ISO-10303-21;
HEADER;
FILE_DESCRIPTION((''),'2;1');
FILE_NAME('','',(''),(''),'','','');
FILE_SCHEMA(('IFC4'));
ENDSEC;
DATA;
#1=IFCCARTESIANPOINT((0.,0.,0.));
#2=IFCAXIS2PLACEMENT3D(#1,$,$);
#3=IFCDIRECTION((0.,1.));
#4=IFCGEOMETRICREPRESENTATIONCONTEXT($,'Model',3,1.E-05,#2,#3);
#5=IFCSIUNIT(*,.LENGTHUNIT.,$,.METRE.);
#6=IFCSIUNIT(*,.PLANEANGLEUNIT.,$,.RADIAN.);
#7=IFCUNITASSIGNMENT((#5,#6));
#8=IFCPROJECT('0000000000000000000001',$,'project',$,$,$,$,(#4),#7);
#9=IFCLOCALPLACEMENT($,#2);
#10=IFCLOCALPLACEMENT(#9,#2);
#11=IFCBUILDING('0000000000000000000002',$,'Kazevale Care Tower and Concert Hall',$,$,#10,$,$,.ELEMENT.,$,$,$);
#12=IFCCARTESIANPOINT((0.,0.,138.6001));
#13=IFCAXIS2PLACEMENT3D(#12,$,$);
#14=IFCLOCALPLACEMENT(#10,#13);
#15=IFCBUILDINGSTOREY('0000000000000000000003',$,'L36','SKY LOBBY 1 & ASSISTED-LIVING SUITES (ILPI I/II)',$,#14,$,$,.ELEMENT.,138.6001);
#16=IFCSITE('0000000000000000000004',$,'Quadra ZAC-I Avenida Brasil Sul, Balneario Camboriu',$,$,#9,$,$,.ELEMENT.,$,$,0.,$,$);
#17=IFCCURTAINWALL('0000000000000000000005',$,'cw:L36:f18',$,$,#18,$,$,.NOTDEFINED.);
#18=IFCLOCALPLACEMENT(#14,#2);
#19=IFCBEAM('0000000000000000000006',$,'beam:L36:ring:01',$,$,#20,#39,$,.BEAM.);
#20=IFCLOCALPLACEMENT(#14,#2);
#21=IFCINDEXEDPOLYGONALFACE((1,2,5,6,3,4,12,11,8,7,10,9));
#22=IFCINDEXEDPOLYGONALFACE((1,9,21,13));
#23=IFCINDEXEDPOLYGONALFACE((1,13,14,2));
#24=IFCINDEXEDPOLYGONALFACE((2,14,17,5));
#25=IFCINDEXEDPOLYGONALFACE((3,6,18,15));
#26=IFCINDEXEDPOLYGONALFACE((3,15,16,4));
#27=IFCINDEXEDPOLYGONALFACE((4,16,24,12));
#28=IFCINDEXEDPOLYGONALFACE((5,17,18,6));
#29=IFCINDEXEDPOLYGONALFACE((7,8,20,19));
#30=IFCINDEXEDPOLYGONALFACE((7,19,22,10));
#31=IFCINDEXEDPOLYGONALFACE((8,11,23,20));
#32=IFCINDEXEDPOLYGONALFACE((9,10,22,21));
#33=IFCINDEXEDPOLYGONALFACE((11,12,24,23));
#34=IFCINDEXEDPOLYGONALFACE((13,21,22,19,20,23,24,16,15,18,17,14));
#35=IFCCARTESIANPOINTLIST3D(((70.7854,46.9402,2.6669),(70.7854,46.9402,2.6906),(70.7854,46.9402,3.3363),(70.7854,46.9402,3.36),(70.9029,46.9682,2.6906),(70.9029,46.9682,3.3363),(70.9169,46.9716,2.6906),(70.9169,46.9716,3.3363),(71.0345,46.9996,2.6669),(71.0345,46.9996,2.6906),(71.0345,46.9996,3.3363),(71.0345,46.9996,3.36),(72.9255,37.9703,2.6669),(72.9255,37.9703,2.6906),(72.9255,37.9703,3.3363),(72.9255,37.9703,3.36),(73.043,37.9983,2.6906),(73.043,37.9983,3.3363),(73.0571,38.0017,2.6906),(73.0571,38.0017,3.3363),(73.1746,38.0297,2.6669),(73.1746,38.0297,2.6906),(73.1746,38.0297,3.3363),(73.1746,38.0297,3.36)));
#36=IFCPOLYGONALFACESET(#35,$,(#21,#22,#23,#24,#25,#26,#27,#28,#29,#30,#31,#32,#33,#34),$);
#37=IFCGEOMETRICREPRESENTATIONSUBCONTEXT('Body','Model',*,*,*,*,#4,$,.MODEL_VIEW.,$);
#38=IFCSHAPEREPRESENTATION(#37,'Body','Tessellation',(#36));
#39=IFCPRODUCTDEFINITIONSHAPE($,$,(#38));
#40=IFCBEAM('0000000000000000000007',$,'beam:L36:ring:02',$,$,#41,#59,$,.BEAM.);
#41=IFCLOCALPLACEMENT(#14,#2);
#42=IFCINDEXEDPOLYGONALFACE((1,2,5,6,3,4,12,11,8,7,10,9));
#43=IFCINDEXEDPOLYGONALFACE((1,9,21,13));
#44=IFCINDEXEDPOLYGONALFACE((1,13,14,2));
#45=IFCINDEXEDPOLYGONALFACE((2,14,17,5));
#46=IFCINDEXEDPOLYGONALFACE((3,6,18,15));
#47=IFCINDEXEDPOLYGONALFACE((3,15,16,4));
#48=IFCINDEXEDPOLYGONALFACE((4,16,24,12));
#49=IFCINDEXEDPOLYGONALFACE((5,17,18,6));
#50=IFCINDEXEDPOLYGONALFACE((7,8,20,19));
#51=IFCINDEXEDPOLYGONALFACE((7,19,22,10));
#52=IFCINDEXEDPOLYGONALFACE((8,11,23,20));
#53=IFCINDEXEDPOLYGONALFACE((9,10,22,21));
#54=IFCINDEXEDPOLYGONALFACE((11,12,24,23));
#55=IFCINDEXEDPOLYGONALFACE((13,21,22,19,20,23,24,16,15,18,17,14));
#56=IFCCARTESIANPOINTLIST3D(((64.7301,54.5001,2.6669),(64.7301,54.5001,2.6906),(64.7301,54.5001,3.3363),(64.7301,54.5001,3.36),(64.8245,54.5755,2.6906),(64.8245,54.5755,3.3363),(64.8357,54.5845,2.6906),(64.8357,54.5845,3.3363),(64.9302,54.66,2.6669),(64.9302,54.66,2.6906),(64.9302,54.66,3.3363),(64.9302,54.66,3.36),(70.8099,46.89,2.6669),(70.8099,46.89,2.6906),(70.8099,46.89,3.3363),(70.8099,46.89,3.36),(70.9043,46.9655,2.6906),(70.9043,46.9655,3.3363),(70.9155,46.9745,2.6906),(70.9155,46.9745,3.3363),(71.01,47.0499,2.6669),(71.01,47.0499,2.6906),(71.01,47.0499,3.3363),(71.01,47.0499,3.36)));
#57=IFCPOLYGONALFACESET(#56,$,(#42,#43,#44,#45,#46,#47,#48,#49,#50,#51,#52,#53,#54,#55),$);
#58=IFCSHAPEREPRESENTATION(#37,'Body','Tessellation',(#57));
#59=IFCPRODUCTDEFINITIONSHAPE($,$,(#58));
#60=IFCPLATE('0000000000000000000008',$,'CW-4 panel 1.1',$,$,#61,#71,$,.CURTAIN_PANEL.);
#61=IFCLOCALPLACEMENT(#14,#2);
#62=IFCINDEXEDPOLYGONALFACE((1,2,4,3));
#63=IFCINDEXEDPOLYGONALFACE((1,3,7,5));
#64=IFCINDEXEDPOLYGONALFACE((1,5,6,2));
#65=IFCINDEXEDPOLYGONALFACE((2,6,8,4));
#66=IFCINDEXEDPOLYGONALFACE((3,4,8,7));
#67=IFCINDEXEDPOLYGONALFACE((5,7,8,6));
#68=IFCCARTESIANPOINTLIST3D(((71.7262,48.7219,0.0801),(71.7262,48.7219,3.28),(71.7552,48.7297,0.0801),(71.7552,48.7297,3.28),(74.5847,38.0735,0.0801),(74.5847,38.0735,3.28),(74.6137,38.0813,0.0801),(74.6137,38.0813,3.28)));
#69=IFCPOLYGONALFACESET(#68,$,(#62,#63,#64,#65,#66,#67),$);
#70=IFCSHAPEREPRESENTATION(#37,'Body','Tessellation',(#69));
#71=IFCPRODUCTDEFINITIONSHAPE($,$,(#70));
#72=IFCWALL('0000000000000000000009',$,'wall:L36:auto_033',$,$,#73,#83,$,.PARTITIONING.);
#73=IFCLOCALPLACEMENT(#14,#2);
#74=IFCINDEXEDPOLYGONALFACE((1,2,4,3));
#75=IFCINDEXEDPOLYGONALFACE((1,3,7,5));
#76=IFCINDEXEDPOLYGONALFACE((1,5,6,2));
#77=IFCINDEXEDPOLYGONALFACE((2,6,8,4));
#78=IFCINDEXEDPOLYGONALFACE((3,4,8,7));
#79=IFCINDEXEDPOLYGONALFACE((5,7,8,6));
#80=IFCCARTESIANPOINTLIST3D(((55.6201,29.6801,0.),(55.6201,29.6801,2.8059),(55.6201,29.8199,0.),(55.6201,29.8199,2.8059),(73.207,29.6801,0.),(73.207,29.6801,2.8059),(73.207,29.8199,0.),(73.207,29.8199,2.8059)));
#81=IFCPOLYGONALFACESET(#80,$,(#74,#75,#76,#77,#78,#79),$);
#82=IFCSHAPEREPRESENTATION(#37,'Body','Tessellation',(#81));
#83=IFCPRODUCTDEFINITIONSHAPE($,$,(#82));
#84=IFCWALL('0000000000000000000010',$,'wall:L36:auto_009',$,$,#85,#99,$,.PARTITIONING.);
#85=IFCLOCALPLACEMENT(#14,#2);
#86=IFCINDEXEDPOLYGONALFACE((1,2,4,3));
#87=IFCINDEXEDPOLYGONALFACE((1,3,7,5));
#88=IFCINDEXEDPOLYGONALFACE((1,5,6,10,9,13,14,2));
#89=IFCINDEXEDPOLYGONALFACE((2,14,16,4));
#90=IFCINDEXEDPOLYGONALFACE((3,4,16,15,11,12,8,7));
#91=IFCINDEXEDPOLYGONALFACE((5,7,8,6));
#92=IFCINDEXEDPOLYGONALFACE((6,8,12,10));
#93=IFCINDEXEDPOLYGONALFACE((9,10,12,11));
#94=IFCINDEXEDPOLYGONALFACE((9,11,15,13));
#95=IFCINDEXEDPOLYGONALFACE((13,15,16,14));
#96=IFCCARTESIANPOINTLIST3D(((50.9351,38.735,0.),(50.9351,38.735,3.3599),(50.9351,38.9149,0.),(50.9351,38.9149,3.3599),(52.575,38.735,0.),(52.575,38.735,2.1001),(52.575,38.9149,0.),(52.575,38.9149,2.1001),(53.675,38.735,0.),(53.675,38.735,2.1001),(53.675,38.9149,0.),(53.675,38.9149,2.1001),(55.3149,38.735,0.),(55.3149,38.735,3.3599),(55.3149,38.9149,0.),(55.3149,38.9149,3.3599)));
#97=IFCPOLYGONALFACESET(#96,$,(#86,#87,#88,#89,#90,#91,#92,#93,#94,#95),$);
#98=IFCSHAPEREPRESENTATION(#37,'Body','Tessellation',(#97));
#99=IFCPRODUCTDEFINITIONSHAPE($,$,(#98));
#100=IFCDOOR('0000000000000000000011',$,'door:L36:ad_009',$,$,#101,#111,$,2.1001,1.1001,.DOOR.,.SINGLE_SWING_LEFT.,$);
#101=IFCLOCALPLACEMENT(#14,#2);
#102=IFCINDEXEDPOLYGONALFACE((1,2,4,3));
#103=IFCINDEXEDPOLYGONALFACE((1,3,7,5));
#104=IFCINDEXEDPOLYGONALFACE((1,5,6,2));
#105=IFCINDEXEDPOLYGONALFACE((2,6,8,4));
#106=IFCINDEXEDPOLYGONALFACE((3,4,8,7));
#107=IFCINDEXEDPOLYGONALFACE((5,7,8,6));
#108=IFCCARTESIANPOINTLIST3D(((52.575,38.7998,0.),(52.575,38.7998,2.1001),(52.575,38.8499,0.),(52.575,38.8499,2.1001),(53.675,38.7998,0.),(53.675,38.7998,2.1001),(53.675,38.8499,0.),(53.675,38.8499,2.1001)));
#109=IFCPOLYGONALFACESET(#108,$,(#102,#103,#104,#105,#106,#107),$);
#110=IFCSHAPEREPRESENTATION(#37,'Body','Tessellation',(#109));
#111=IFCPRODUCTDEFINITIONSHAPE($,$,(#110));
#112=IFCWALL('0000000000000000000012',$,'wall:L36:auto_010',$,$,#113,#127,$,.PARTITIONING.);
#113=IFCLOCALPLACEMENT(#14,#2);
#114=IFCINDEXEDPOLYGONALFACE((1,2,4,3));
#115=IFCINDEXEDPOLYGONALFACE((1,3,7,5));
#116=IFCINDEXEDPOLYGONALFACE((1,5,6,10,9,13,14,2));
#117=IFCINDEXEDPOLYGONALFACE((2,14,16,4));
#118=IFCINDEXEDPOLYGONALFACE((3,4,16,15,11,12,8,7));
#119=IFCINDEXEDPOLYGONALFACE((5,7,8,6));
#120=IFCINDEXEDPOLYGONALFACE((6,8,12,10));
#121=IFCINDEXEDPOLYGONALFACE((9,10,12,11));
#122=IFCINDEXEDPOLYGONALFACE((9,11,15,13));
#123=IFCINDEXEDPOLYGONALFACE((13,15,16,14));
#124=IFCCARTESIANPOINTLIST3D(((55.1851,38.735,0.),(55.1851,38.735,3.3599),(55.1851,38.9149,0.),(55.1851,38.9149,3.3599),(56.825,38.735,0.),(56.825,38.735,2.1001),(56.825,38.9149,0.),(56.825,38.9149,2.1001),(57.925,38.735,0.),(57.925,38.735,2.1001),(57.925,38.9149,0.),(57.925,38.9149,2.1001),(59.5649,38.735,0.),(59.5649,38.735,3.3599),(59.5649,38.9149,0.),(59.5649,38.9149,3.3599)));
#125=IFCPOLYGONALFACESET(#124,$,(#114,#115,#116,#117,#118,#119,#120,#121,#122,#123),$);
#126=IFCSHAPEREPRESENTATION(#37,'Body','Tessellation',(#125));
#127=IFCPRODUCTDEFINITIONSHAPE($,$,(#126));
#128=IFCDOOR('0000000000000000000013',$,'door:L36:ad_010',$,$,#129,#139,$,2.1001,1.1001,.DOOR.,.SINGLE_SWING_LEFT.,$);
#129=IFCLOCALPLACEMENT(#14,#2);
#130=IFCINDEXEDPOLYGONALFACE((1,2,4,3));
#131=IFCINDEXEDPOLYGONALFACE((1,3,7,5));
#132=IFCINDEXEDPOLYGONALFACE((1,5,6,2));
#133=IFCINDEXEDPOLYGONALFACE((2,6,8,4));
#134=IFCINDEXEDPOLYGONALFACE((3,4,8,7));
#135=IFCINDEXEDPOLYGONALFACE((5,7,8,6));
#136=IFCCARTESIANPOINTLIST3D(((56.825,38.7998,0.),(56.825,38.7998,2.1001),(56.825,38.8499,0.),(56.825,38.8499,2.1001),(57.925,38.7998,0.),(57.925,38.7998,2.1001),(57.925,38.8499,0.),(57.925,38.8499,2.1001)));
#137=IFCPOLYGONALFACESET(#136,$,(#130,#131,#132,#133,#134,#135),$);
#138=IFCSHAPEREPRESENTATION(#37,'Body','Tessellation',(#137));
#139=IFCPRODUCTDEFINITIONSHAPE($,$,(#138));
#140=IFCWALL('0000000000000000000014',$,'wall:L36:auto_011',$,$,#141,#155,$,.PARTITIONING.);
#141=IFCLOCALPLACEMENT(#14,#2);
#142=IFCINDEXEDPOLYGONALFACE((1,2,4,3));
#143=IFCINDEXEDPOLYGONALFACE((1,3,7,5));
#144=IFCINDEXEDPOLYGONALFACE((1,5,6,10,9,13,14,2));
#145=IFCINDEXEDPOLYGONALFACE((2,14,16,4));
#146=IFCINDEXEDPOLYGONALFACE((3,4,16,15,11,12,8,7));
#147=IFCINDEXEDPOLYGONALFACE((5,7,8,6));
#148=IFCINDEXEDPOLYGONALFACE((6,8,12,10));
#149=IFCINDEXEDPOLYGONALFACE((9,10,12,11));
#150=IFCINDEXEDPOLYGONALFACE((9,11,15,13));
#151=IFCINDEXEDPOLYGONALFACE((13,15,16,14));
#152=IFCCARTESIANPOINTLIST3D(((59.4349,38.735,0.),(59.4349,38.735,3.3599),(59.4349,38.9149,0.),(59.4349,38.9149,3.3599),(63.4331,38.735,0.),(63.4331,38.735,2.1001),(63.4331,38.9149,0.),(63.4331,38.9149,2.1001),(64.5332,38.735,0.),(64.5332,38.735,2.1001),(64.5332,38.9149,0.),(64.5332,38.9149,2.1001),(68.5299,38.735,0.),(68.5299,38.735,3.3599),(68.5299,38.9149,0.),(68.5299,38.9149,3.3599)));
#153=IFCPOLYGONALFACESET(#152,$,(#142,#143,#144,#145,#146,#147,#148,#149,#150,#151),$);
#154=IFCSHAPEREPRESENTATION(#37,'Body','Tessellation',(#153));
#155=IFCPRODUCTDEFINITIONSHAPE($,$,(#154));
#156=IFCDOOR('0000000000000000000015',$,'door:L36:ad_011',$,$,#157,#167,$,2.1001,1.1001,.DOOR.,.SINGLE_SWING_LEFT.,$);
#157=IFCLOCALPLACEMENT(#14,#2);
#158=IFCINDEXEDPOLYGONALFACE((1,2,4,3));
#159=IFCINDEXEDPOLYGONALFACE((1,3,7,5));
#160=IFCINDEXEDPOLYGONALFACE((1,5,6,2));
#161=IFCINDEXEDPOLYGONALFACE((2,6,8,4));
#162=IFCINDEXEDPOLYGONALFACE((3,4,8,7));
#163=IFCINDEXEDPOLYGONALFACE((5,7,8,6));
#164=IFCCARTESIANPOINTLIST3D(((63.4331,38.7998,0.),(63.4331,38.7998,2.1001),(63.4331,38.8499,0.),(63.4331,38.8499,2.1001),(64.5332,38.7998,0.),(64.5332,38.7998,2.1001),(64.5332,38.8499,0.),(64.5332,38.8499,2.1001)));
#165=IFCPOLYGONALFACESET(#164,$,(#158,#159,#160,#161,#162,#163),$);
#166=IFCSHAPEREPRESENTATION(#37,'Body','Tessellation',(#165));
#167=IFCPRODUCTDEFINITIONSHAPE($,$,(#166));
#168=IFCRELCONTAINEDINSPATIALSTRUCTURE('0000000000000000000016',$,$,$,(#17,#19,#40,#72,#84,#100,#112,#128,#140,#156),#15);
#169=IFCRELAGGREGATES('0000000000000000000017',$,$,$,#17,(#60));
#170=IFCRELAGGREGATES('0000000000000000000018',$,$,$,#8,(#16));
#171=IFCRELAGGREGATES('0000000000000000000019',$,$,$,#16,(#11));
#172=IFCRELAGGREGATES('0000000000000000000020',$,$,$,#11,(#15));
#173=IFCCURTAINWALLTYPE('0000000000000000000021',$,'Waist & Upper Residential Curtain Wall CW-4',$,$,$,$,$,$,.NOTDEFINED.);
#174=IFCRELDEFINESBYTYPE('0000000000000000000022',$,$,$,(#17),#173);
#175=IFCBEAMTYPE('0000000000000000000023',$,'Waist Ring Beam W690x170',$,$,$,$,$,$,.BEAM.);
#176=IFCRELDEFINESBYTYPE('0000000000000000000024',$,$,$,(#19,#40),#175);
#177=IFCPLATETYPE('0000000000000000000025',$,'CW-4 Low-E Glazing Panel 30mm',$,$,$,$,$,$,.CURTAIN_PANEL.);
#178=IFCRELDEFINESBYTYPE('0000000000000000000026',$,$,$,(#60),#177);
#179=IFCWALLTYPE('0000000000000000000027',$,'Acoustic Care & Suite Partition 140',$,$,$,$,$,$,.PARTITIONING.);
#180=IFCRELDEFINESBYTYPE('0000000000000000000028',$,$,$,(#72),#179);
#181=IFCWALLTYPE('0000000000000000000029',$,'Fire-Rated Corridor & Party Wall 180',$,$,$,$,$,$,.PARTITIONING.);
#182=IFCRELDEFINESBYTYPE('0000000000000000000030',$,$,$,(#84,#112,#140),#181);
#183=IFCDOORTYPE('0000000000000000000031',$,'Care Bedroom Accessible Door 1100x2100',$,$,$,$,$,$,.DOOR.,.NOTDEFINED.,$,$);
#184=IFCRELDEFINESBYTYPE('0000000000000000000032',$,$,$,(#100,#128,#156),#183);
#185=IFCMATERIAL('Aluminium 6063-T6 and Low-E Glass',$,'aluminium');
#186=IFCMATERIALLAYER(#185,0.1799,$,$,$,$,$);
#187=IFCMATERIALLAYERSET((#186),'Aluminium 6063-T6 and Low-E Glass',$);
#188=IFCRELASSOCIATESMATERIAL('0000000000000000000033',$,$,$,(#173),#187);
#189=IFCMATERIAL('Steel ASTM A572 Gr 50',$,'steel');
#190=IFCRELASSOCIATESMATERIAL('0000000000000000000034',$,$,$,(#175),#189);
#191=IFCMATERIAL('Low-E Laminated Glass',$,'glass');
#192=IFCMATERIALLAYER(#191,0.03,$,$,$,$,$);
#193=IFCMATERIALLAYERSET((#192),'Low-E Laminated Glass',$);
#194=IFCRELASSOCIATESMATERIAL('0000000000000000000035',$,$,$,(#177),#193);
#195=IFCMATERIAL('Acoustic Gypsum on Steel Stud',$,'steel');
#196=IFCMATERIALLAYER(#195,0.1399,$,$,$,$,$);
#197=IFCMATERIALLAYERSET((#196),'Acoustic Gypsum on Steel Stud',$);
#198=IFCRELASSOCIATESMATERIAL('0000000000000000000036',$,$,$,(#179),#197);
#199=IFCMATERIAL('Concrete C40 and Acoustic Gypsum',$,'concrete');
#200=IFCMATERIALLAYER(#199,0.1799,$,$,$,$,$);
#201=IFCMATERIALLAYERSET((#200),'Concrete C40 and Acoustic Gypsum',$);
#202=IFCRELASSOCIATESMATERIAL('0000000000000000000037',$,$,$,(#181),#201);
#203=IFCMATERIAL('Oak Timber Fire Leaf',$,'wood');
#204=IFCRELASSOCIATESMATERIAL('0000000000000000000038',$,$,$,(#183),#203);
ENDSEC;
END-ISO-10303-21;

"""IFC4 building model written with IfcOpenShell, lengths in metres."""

from ifc_helpers import new_model, si_unit, direction, frame, frame_2d, origin, origin_2d, place, context, subcontext, project, spatial, rectangle, i_section, extrude, material, layer, layer_set, material_profile, profile_set, type_object, element, fill, aggregate, save


model = new_model("IFC4")

# Units and contexts
model_context = context("Model", 3, precision=1e-05, world=origin(), true_north=direction((0.0, 1.0)))
body_context = subcontext(model_context, "Body", "Model", "MODEL_VIEW")
ifc_project = project(units=[si_unit("LENGTHUNIT", "METRE"), si_unit("PLANEANGLEUNIT", "RADIAN")], contexts=[model_context])

# Site, building, storey
site_placement = place(None, origin())
site = spatial("IfcSite", under=ifc_project, at=site_placement, Name="Quadra ZAC-I Avenida Brasil Sul, Balneario Camboriu", CompositionType="ELEMENT", RefElevation=0.0)
building_placement = place(site_placement, origin())
building = spatial("IfcBuilding", under=site, at=building_placement, Name="Kazevale Care Tower and Concert Hall", CompositionType="ELEMENT")
storey_placement = place(building_placement, frame((0.0, 0.0, 138.6001)))
storey = spatial("IfcBuildingStorey", under=building, at=storey_placement, Name="L36", Description="SKY LOBBY 1 & ASSISTED-LIVING SUITES (ILPI I/II)", CompositionType="ELEMENT", Elevation=138.6001)

# Curtain wall
ifc_material_1 = material(Name="Aluminium 6063-T6 and Low-E Glass", Category="aluminium")
ifc_layer_1 = layer(ifc_material_1, 0.1799)
ifc_layer_set_1 = layer_set([ifc_layer_1], Name="Aluminium 6063-T6 and Low-E Glass")
curtain_wall_type = type_object("IfcCurtainWallType", Name="Waist & Upper Residential Curtain Wall CW-4", PredefinedType="NOTDEFINED", material=ifc_layer_set_1)
curtain_wall_placement = place(storey_placement, origin())
curtain_wall = element("IfcCurtainWall", 1, at=curtain_wall_placement, inside=storey, type_object=curtain_wall_type, Name="cw:L36:f18", PredefinedType="NOTDEFINED")

# Beams
ifc_material_2 = material(Name="Steel ASTM A572 Gr 50", Category="steel")
ifc_material_profile_1 = material_profile(ifc_material_2, i_section(OverallWidth=0.2561, OverallDepth=0.6931, WebThickness=0.0144, FlangeThickness=0.0237, at=origin_2d()), Name="W690x170")
ifc_profile_set_1 = profile_set([ifc_material_profile_1], Name="Steel ASTM A572 Gr 50")
beam_type_1 = type_object("IfcBeamType", Name="Waist Ring Beam W690x170", PredefinedType="BEAM", material=ifc_profile_set_1)
beam_1_placement = place(storey_placement, frame((73.05, 38.0, 3.0134), z_axis=(-0.232075, 0.972698, 0.0), x_axis=(-0.972698, -0.232075, 0.0)))
element("IfcBeam", 2, at=beam_1_placement, inside=storey, type_object=beam_type_1, Name="beam:L36:ring:01", PredefinedType="BEAM", context=body_context, shape_type="SweptSolid", body=[
    extrude(i_section(OverallWidth=0.2561, OverallDepth=0.6931, WebThickness=0.0144, FlangeThickness=0.0237, at=origin_2d()), origin(), (0.0, 0.0, 1.0), 9.2217),
])
beam_2_placement = place(storey_placement, frame((70.9099, 46.97, 3.0134), z_axis=(-0.624178, 0.781282, 0.0), x_axis=(-0.781282, -0.624178, 0.0)))
element("IfcBeam", 3, at=beam_2_placement, inside=storey, type_object=beam_type_1, Name="beam:L36:ring:02", PredefinedType="BEAM", context=body_context, shape_type="SweptSolid", body=[
    extrude(i_section(OverallWidth=0.2561, OverallDepth=0.6931, WebThickness=0.0144, FlangeThickness=0.0237, at=origin_2d()), origin(), (0.0, 0.0, 1.0), 9.7405),
])

# Plate
ifc_material_3 = material(Name="Low-E Laminated Glass", Category="glass")
ifc_layer_2 = layer(ifc_material_3, 0.03)
ifc_layer_set_2 = layer_set([ifc_layer_2], Name="Low-E Laminated Glass")
plate_type = type_object("IfcPlateType", Name="CW-4 Low-E Glazing Panel 30mm", PredefinedType="CURTAIN_PANEL", material=ifc_layer_set_2)
plate_placement = place(storey_placement, frame((73.1699, 43.4016, 0.0801), z_axis=(0.0, 0.0, 1.0), x_axis=(0.259265, -0.965806, 0.0)))
plate = element("IfcPlate", 4, at=plate_placement, type_object=plate_type, Name="CW-4 panel 1.1", PredefinedType="CURTAIN_PANEL", context=body_context, shape_type="SweptSolid", body=[
    extrude(rectangle(XDim=11.0254, YDim=0.03, at=origin_2d()), origin(), (0.0, 0.0, 1.0), 3.2),
])
aggregate(curtain_wall, [plate])

# Wall
ifc_material_4 = material(Name="Acoustic Gypsum on Steel Stud", Category="steel")
ifc_layer_3 = layer(ifc_material_4, 0.1399)
ifc_layer_set_3 = layer_set([ifc_layer_3], Name="Acoustic Gypsum on Steel Stud")
wall_type_1 = type_object("IfcWallType", Name="Acoustic Care & Suite Partition 140", PredefinedType="PARTITIONING", material=ifc_layer_set_3)
wall_1_placement = place(storey_placement, frame((55.6201, 29.75, 0.0), z_axis=(0.0, 0.0, 1.0), x_axis=(1.0, 0.0, 0.0)))
element("IfcWall", 5, at=wall_1_placement, inside=storey, type_object=wall_type_1, Name="wall:L36:auto_033", PredefinedType="PARTITIONING", context=body_context, shape_type="SweptSolid", body=[
    extrude(rectangle(XDim=17.5869, YDim=0.1399, at=frame_2d((8.7935, 0.0))), origin(), (0.0, 0.0, 1.0), 2.8059),
])

# Walls, openings, doors
ifc_material_5 = material(Name="Concrete C40 and Acoustic Gypsum", Category="concrete")
ifc_layer_4 = layer(ifc_material_5, 0.1799)
ifc_layer_set_4 = layer_set([ifc_layer_4], Name="Concrete C40 and Acoustic Gypsum")
wall_type_2 = type_object("IfcWallType", Name="Fire-Rated Corridor & Party Wall 180", PredefinedType="PARTITIONING", material=ifc_layer_set_4)
wall_2_placement = place(storey_placement, frame((50.9351, 38.825, 0.0), z_axis=(0.0, 0.0, 1.0), x_axis=(1.0, 0.0, 0.0)))
wall_2 = element("IfcWall", 6, at=wall_2_placement, inside=storey, type_object=wall_type_2, Name="wall:L36:auto_009", PredefinedType="PARTITIONING", context=body_context, shape_type="SweptSolid", body=[
    extrude(rectangle(XDim=4.3799, YDim=0.1799, at=frame_2d((2.1899, 0.0))), origin(), (0.0, 0.0, 1.0), 3.3599),
])
opening_1_placement = place(wall_2_placement, frame((1.6399, 0.0, 0.0)))
opening_1 = element("IfcOpeningElement", 7, at=opening_1_placement, cuts=wall_2, PredefinedType="OPENING", context=body_context, shape_type="SweptSolid", body=[
    extrude(rectangle(XDim=1.1001, YDim=2.1001, at=frame_2d((0.55, 1.05))), frame((0.0, 0.0999, 0.0), z_axis=(0.0, -1.0, 0.0), x_axis=(1.0, 0.0, 0.0)), (0.0, 0.0, 1.0), 0.2),
])
ifc_material_6 = material(Name="Oak Timber Fire Leaf", Category="wood")
door_type = type_object("IfcDoorType", Name="Care Bedroom Accessible Door 1100x2100", OperationType="NOTDEFINED", PredefinedType="DOOR", material=ifc_material_6)
door_1_placement = place(opening_1_placement, origin())
door_1 = element("IfcDoor", 8, at=door_1_placement, inside=storey, type_object=door_type, Name="door:L36:ad_009", OperationType="SINGLE_SWING_LEFT", OverallHeight=2.1001, OverallWidth=1.1001, PredefinedType="DOOR", context=body_context, shape_type="SweptSolid", body=[
    extrude(rectangle(XDim=1.1001, YDim=2.1001, at=frame_2d((0.55, 1.05))), frame((0.0, 0.0249, 0.0), z_axis=(0.0, -1.0, 0.0), x_axis=(1.0, 0.0, 0.0)), (0.0, 0.0, 1.0), 0.05),
])
fill(opening_1, door_1)
wall_3_placement = place(storey_placement, frame((55.1851, 38.825, 0.0), z_axis=(0.0, 0.0, 1.0), x_axis=(1.0, 0.0, 0.0)))
wall_3 = element("IfcWall", 9, at=wall_3_placement, inside=storey, type_object=wall_type_2, Name="wall:L36:auto_010", PredefinedType="PARTITIONING", context=body_context, shape_type="SweptSolid", body=[
    extrude(rectangle(XDim=4.3799, YDim=0.1799, at=frame_2d((2.1899, 0.0))), origin(), (0.0, 0.0, 1.0), 3.3599),
])
opening_2_placement = place(wall_3_placement, frame((1.6399, 0.0, 0.0)))
opening_2 = element("IfcOpeningElement", 10, at=opening_2_placement, cuts=wall_3, PredefinedType="OPENING", context=body_context, shape_type="SweptSolid", body=[
    extrude(rectangle(XDim=1.1001, YDim=2.1001, at=frame_2d((0.55, 1.05))), frame((0.0, 0.0999, 0.0), z_axis=(0.0, -1.0, 0.0), x_axis=(1.0, 0.0, 0.0)), (0.0, 0.0, 1.0), 0.2),
])
door_2_placement = place(opening_2_placement, origin())
door_2 = element("IfcDoor", 11, at=door_2_placement, inside=storey, type_object=door_type, Name="door:L36:ad_010", OperationType="SINGLE_SWING_LEFT", OverallHeight=2.1001, OverallWidth=1.1001, PredefinedType="DOOR", context=body_context, shape_type="SweptSolid", body=[
    extrude(rectangle(XDim=1.1001, YDim=2.1001, at=frame_2d((0.55, 1.05))), frame((0.0, 0.0249, 0.0), z_axis=(0.0, -1.0, 0.0), x_axis=(1.0, 0.0, 0.0)), (0.0, 0.0, 1.0), 0.05),
])
fill(opening_2, door_2)
wall_4_placement = place(storey_placement, frame((59.4351, 38.825, 0.0), z_axis=(0.0, 0.0, 1.0), x_axis=(1.0, 0.0, 0.0)))
wall_4 = element("IfcWall", 12, at=wall_4_placement, inside=storey, type_object=wall_type_2, Name="wall:L36:auto_011", PredefinedType="PARTITIONING", context=body_context, shape_type="SweptSolid", body=[
    extrude(rectangle(XDim=9.095, YDim=0.1799, at=frame_2d((4.5474, 0.0))), origin(), (0.0, 0.0, 1.0), 3.3599),
])
opening_3_placement = place(wall_4_placement, frame((3.998, 0.0, 0.0)))
opening_3 = element("IfcOpeningElement", 13, at=opening_3_placement, cuts=wall_4, PredefinedType="OPENING", context=body_context, shape_type="SweptSolid", body=[
    extrude(rectangle(XDim=1.1001, YDim=2.1001, at=frame_2d((0.55, 1.05))), frame((0.0, 0.0999, 0.0), z_axis=(0.0, -1.0, 0.0), x_axis=(1.0, 0.0, 0.0)), (0.0, 0.0, 1.0), 0.2),
])
door_3_placement = place(opening_3_placement, origin())
door_3 = element("IfcDoor", 14, at=door_3_placement, inside=storey, type_object=door_type, Name="door:L36:ad_011", OperationType="SINGLE_SWING_LEFT", OverallHeight=2.1001, OverallWidth=1.1001, PredefinedType="DOOR", context=body_context, shape_type="SweptSolid", body=[
    extrude(rectangle(XDim=1.1001, YDim=2.1001, at=frame_2d((0.55, 1.05))), frame((0.0, 0.0249, 0.0), z_axis=(0.0, -1.0, 0.0), x_axis=(1.0, 0.0, 0.0)), (0.0, 0.0, 1.0), 0.05),
])
fill(opening_3, door_3)

save(model, "model.ifc")
